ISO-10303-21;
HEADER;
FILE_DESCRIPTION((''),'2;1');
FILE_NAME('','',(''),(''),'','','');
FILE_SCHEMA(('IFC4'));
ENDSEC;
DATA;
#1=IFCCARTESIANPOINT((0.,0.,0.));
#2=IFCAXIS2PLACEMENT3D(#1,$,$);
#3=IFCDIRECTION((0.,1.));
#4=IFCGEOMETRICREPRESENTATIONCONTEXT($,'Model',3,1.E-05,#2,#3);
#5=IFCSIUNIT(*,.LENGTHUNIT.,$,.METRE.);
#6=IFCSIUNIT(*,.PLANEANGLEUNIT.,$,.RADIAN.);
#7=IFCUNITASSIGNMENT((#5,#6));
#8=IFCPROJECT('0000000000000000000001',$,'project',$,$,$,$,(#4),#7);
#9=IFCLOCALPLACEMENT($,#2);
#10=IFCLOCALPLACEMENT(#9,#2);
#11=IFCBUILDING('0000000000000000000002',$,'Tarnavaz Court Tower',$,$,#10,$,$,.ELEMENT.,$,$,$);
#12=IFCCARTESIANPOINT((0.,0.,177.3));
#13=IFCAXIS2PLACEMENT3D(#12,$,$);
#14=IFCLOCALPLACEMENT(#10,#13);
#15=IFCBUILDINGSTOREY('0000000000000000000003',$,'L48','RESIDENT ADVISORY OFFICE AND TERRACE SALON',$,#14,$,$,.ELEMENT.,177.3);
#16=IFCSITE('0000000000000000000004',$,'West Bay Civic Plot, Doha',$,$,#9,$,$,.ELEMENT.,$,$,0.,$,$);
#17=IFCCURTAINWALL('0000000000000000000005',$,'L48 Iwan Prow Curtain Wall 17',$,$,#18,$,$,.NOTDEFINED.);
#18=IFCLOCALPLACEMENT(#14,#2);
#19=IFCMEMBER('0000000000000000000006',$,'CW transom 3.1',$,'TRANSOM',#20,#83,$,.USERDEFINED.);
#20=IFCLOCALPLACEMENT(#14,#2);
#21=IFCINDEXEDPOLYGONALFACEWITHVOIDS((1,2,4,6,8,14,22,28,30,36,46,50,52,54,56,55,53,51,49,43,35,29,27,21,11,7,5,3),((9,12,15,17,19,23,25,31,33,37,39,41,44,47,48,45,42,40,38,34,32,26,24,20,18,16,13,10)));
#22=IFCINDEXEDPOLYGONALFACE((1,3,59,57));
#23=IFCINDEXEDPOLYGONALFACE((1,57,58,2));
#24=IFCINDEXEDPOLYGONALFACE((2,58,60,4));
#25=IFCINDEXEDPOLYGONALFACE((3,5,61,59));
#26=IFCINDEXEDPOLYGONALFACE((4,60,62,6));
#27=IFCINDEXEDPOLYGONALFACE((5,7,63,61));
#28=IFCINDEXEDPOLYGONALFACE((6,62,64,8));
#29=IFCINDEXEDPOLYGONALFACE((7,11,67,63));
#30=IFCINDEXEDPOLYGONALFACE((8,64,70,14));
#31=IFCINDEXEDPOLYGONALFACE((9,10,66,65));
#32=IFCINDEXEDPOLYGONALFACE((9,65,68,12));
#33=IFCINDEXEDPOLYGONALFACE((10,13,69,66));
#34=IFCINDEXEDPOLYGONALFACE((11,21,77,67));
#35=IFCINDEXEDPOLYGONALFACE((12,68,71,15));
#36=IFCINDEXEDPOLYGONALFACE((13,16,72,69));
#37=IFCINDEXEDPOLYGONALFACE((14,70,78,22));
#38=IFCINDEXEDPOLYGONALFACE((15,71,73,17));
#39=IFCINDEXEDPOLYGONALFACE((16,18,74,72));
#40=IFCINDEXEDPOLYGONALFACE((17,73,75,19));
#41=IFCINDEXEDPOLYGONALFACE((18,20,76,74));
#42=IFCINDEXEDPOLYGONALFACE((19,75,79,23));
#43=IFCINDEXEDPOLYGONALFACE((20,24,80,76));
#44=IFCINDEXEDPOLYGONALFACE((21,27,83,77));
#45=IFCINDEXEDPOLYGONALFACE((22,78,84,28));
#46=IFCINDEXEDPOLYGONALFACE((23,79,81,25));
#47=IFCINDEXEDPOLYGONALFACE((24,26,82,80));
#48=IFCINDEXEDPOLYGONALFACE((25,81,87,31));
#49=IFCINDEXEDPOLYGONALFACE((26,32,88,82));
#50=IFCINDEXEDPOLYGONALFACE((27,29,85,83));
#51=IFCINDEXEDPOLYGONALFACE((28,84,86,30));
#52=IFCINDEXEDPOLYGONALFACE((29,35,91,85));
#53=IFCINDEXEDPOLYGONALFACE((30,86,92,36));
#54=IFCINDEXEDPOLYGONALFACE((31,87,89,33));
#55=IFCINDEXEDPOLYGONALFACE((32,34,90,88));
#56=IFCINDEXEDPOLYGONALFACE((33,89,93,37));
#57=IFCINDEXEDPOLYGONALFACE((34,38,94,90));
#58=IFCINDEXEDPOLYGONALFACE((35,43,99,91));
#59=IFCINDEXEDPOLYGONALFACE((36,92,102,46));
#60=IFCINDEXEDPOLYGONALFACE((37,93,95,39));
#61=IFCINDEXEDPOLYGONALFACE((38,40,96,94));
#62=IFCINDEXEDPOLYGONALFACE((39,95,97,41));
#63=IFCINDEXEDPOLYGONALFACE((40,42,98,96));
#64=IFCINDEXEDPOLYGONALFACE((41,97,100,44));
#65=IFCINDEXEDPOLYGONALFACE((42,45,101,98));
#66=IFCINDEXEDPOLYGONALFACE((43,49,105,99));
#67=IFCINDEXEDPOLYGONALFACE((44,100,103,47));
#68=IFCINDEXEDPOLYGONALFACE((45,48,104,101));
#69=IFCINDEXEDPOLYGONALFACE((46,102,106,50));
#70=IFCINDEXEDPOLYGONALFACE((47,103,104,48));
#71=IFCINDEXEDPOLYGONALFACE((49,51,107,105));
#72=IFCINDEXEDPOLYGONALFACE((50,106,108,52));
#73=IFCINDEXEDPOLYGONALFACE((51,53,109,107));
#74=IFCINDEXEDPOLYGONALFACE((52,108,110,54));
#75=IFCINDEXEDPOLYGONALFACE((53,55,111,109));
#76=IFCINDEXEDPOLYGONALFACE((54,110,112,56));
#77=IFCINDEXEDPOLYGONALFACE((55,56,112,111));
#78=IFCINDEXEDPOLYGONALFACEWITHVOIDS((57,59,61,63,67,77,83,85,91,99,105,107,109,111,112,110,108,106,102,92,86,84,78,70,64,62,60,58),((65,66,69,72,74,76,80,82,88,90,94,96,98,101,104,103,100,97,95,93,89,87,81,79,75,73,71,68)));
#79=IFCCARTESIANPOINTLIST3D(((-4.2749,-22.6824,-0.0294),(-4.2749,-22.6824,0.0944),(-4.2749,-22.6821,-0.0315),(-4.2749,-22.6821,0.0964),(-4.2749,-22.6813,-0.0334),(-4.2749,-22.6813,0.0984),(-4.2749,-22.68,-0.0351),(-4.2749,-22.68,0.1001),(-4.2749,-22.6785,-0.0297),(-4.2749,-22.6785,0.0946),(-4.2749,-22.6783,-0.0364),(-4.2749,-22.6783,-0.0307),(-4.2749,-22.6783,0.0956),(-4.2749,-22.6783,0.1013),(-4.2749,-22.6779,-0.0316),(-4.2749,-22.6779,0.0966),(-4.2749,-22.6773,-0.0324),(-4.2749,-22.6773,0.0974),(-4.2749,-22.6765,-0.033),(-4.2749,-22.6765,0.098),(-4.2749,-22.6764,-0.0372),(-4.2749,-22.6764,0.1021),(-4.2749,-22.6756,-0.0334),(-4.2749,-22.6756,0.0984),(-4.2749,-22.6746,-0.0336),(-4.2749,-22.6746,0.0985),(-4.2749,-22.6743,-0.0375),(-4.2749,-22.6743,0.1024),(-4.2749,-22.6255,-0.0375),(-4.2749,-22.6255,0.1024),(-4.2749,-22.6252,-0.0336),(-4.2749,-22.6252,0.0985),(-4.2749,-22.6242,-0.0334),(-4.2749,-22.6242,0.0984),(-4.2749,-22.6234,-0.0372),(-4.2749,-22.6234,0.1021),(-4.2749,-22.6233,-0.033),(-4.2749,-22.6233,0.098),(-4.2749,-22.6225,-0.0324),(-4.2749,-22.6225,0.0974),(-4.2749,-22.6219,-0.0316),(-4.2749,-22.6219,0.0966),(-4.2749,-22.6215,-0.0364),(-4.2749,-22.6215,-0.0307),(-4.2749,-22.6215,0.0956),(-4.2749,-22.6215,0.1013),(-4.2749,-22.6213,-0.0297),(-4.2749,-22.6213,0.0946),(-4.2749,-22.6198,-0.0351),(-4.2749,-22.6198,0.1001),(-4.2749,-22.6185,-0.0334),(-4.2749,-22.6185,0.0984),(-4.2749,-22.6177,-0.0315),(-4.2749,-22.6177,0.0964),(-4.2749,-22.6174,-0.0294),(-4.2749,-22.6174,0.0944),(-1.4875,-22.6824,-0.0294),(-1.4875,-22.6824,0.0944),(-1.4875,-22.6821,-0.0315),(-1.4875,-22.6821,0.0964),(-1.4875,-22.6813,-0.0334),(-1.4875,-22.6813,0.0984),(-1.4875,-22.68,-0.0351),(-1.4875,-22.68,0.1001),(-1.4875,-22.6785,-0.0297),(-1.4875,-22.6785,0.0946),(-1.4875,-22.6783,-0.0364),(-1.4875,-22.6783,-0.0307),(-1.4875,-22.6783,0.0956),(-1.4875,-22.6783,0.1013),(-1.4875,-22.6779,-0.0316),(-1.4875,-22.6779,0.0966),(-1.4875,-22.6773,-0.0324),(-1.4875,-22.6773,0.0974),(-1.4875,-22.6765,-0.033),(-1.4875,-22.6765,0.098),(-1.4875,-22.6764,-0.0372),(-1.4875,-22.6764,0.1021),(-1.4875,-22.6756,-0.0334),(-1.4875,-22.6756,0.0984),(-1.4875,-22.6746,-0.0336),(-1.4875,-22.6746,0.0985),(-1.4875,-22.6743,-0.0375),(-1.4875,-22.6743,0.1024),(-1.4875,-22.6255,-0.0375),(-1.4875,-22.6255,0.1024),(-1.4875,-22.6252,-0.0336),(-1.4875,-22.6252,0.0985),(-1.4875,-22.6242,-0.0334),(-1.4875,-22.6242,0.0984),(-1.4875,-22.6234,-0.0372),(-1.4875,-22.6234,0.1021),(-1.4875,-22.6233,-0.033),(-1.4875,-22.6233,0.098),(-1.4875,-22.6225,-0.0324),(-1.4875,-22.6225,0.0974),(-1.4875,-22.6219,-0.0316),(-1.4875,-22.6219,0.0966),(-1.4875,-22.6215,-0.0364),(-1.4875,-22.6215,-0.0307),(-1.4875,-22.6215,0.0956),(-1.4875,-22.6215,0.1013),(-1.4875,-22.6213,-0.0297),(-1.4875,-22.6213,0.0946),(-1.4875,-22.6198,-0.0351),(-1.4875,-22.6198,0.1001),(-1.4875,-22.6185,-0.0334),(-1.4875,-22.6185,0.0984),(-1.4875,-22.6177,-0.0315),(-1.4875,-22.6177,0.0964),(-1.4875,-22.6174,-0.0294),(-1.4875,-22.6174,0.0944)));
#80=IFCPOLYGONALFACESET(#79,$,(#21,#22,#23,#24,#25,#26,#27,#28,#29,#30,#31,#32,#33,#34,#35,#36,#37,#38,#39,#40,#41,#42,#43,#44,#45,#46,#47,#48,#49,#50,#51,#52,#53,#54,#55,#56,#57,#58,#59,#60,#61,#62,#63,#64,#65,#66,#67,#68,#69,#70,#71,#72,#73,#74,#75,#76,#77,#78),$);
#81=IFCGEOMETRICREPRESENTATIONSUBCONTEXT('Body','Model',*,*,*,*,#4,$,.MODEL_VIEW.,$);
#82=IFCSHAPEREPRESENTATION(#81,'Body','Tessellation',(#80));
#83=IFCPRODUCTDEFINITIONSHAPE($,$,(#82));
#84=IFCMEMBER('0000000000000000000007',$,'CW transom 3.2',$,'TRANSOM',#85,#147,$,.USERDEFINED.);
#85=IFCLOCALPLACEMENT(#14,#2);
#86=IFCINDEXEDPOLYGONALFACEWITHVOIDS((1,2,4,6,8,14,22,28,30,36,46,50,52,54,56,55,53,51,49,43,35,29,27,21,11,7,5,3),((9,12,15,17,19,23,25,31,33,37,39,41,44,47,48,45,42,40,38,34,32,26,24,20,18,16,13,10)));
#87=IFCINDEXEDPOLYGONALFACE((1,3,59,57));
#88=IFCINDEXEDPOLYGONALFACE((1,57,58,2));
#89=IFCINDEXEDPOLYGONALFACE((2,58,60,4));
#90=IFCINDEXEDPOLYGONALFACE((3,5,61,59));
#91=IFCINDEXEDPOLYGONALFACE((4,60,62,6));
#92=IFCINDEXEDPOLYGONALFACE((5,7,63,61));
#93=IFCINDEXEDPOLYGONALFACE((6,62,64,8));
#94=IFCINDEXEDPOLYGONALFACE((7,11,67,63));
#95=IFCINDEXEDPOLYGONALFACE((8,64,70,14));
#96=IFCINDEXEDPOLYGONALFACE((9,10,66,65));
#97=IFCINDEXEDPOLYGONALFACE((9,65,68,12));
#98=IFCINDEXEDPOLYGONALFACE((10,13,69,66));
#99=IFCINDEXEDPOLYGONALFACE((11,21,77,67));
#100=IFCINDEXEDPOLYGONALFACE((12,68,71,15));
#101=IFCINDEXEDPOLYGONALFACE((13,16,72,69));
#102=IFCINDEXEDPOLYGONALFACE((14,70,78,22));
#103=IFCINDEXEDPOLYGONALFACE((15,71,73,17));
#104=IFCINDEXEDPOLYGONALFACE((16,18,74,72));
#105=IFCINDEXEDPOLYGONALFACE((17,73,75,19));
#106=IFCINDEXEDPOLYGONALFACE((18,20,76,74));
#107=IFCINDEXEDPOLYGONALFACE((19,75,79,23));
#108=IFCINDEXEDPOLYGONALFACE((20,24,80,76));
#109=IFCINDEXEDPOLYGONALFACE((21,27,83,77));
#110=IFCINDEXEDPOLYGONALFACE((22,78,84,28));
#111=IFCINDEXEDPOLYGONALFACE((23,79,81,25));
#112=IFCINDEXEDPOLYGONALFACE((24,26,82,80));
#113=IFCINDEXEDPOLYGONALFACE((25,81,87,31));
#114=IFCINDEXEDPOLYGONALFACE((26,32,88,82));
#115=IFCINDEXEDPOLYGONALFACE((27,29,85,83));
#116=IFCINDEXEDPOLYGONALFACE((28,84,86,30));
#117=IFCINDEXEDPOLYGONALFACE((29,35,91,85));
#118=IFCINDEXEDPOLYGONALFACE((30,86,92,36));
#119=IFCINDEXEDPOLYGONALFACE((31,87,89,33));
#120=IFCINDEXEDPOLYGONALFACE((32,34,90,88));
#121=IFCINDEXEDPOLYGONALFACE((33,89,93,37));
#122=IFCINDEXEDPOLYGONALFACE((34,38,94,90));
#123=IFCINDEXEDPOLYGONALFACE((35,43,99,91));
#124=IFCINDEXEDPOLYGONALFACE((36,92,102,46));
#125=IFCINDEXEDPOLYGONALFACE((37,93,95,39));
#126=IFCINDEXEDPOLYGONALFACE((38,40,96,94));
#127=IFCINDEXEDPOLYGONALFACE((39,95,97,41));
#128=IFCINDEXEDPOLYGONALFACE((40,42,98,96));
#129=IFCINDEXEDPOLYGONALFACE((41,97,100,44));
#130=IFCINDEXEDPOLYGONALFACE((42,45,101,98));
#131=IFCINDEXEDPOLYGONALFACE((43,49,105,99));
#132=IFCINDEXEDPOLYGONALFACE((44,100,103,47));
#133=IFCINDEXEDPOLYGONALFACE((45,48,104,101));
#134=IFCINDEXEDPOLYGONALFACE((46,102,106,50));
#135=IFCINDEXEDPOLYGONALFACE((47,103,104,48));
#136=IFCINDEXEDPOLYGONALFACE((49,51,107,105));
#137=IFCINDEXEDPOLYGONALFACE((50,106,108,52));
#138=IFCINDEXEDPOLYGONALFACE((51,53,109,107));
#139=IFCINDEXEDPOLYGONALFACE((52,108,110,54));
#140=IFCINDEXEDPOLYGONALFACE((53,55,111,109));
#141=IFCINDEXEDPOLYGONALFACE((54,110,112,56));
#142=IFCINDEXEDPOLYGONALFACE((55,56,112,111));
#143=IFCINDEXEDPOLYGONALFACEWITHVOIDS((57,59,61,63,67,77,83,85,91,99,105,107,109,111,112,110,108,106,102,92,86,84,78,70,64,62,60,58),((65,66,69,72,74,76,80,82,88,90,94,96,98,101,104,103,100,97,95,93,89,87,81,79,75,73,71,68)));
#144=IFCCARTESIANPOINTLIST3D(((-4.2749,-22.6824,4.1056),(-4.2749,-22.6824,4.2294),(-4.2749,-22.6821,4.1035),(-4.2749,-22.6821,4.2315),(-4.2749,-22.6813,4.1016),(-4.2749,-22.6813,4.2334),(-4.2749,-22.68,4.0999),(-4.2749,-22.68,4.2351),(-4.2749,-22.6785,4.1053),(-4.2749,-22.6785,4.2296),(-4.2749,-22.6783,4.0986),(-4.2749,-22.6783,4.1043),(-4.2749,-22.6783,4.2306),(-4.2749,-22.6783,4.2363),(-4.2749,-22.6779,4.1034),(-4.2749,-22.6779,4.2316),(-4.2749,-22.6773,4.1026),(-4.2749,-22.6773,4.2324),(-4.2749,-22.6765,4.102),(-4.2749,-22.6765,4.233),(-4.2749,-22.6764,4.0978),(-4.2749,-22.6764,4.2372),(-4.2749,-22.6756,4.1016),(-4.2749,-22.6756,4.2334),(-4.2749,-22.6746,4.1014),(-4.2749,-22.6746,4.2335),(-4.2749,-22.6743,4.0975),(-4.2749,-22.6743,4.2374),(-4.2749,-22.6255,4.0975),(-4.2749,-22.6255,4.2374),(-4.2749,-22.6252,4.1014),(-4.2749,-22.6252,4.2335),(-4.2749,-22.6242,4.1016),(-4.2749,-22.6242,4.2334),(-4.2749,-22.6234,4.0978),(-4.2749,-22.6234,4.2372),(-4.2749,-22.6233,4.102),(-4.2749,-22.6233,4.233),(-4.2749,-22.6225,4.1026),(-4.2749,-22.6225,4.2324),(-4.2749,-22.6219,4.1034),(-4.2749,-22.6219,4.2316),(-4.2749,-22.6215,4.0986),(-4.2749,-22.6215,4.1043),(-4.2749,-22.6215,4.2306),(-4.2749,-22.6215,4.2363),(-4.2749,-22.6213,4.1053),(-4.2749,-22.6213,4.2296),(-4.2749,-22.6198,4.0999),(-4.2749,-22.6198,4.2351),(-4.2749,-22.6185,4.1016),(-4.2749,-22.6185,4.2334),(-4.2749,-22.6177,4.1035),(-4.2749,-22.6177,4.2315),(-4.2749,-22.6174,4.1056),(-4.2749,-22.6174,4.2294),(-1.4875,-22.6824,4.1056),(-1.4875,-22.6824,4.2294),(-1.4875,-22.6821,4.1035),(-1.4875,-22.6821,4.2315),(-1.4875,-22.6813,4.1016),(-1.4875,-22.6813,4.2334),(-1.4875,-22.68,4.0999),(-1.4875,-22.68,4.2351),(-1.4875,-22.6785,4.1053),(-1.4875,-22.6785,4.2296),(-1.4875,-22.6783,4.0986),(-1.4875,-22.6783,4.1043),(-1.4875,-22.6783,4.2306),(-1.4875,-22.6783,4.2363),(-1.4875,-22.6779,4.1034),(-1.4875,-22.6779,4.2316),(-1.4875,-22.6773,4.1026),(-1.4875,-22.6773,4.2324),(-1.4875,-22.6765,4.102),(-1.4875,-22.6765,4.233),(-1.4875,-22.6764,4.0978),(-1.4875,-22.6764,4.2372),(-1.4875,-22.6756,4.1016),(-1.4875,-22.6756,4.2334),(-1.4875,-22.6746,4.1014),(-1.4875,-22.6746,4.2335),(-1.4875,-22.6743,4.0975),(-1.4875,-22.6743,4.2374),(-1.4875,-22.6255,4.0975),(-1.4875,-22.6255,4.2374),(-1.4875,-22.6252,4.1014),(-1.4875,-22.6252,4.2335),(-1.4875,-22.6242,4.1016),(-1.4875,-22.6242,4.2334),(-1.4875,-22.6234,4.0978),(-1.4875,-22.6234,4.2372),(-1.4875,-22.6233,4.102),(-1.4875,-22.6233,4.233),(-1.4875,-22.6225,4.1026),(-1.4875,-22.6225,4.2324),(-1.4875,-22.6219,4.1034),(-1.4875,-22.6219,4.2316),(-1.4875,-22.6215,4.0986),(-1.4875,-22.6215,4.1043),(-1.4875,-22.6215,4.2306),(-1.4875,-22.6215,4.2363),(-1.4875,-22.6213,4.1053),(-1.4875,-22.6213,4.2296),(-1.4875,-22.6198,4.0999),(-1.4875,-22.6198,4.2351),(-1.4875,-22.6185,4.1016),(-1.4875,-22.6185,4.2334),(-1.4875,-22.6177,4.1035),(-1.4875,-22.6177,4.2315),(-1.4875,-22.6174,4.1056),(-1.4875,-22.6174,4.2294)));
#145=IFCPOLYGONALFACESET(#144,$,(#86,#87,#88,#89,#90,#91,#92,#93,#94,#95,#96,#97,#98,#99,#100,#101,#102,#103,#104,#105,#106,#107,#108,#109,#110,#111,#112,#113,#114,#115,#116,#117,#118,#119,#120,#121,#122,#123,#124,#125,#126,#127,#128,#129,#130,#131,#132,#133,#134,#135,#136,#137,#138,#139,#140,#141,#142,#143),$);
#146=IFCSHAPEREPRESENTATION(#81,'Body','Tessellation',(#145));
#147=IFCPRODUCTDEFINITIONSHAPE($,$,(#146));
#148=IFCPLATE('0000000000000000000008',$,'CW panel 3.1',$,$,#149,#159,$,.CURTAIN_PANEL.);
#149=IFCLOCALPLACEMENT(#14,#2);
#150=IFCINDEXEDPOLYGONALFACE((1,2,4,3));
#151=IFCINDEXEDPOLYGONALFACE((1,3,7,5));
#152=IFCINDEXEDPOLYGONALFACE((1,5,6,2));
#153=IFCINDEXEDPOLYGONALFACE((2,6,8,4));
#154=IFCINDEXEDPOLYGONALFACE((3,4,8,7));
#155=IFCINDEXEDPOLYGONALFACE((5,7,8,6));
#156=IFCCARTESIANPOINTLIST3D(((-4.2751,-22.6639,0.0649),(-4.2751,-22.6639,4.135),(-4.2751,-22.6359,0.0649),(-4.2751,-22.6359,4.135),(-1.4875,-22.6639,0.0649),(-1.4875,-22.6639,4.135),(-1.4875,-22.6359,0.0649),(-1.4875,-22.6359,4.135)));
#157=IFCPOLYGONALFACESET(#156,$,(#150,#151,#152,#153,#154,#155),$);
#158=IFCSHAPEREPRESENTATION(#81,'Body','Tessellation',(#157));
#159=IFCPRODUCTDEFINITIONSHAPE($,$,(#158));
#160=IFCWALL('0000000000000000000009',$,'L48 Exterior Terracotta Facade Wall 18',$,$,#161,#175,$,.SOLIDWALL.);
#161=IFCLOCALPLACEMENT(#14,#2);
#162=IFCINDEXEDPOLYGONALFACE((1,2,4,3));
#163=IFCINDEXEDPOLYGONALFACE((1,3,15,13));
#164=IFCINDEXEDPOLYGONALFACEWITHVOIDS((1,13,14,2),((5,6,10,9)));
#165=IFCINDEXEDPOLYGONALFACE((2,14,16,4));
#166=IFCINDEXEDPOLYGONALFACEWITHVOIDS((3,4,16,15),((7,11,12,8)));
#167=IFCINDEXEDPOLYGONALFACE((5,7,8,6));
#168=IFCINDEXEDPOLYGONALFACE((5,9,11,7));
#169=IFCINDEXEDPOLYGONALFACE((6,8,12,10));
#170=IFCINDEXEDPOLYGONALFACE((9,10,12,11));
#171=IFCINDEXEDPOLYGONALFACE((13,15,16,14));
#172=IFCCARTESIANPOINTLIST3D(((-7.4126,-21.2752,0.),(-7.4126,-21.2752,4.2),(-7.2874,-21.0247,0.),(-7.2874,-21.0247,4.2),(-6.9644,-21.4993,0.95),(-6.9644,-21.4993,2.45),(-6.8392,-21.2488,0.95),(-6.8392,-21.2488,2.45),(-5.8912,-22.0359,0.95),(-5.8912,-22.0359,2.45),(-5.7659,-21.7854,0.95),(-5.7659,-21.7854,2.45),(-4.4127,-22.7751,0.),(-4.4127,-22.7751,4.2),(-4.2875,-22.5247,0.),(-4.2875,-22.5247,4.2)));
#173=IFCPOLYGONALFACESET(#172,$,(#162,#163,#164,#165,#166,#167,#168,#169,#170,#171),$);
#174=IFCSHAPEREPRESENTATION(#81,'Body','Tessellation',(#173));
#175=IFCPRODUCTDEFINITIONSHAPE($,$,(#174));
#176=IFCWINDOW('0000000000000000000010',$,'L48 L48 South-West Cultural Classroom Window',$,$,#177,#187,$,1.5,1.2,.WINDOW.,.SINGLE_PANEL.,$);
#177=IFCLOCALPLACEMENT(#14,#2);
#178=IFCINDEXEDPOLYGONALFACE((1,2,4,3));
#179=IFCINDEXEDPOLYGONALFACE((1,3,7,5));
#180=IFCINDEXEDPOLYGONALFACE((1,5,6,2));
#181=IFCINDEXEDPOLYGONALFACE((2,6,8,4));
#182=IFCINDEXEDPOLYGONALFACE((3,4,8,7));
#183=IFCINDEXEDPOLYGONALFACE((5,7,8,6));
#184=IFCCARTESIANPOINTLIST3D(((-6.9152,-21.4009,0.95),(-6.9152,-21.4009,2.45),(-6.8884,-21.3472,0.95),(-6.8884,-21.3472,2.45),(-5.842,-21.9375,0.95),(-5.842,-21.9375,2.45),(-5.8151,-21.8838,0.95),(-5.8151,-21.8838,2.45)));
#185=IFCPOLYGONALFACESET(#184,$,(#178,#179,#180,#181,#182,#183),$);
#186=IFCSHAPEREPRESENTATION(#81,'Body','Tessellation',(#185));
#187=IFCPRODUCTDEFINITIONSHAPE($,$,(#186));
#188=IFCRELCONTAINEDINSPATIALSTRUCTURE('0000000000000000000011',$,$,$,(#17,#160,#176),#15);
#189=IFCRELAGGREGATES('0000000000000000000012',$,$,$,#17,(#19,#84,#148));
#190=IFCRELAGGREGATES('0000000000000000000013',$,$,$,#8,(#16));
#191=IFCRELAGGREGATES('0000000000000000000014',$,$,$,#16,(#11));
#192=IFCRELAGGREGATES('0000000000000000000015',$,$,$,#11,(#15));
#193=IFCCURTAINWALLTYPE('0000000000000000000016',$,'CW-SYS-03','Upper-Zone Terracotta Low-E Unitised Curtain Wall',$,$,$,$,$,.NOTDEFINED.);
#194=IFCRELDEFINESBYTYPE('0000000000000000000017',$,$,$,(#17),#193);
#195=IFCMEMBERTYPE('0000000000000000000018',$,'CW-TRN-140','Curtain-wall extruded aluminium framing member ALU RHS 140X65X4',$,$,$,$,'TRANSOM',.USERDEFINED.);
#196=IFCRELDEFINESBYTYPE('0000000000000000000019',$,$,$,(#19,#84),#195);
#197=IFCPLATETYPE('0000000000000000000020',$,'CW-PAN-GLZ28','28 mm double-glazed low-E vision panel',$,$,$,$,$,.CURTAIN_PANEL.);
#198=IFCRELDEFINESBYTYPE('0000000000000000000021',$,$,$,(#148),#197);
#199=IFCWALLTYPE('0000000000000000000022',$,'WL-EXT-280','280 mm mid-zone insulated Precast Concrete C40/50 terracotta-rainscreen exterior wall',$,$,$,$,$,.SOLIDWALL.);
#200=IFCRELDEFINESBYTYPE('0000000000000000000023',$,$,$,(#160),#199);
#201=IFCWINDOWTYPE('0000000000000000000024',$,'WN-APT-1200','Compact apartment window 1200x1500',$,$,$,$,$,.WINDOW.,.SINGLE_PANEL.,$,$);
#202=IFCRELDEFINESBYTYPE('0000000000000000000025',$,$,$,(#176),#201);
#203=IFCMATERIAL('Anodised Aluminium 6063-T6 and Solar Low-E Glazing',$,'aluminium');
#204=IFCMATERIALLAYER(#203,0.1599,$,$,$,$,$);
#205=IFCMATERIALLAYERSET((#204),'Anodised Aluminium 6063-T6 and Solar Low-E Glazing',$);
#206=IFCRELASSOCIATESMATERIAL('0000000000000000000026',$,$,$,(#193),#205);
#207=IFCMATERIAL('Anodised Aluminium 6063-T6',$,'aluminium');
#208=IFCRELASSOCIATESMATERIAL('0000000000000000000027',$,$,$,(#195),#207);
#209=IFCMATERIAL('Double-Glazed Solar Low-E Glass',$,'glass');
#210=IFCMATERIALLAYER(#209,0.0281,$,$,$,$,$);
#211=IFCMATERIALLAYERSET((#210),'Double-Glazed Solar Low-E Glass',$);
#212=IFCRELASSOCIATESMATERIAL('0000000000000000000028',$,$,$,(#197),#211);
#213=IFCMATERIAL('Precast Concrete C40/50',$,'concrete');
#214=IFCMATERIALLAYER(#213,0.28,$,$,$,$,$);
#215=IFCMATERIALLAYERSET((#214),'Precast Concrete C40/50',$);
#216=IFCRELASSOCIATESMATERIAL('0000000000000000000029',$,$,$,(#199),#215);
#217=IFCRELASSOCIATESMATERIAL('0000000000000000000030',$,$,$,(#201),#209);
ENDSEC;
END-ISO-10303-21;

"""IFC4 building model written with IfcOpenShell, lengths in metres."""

from ifc_helpers import new_model, si_unit, direction, frame, frame_2d, origin, origin_2d, place, context, subcontext, project, spatial, rectangle, hollow_rectangle, extrude, material, layer, layer_set, material_profile, profile_set, type_object, element, fill, aggregate, save


model = new_model("IFC4")

# Units and contexts
model_context = context("Model", 3, precision=1e-05, world=origin(), true_north=direction((0.0, 1.0)))
body_context = subcontext(model_context, "Body", "Model", "MODEL_VIEW")
ifc_project = project(units=[si_unit("LENGTHUNIT", "METRE"), si_unit("PLANEANGLEUNIT", "RADIAN")], contexts=[model_context])

# Site, building, storey
site_placement = place(None, origin())
site = spatial("IfcSite", under=ifc_project, at=site_placement, Name="West Bay Civic Plot, Doha", CompositionType="ELEMENT", RefElevation=0.0)
building_placement = place(site_placement, origin())
building = spatial("IfcBuilding", under=site, at=building_placement, Name="Tarnavaz Court Tower", CompositionType="ELEMENT")
storey_placement = place(building_placement, frame((0.0, 0.0, 177.3)))
storey = spatial("IfcBuildingStorey", under=building, at=storey_placement, Name="L48", Description="RESIDENT ADVISORY OFFICE AND TERRACE SALON", CompositionType="ELEMENT", Elevation=177.3)

# Curtain wall, members, plate
ifc_material_1 = material(Name="Anodised Aluminium 6063-T6 and Solar Low-E Glazing", Category="aluminium")
ifc_layer_1 = layer(ifc_material_1, 0.1599)
ifc_layer_set_1 = layer_set([ifc_layer_1], Name="Anodised Aluminium 6063-T6 and Solar Low-E Glazing")
curtain_wall_type = type_object("IfcCurtainWallType", Name="CW-SYS-03", Description="Upper-Zone Terracotta Low-E Unitised Curtain Wall", PredefinedType="NOTDEFINED", material=ifc_layer_set_1)
curtain_wall_placement = place(storey_placement, origin())
curtain_wall = element("IfcCurtainWall", 1, at=curtain_wall_placement, inside=storey, type_object=curtain_wall_type, Name="L48 Iwan Prow Curtain Wall 17", PredefinedType="NOTDEFINED")
ifc_material_2 = material(Name="Anodised Aluminium 6063-T6", Category="aluminium")
ifc_material_profile_1 = material_profile(ifc_material_2, hollow_rectangle(XDim=0.0649, YDim=0.1399, WallThickness=0.0039, InnerFilletRadius=0.0039, OuterFilletRadius=0.0081, at=origin_2d()), Name="ALU RHS 140X65X4")
ifc_profile_set_1 = profile_set([ifc_material_profile_1], Name="Anodised Aluminium 6063-T6")
member_type_1 = type_object("IfcMemberType", Name="CW-TRN-140", Description="Curtain-wall extruded aluminium framing member ALU RHS 140X65X4", ElementType="TRANSOM", PredefinedType="USERDEFINED", material=ifc_profile_set_1)
member_1_placement = place(storey_placement, frame((-1.4875, -22.6499, 0.0325), z_axis=(-1.0, 0.0, 0.0), x_axis=(0.0, -1.0, 0.0)))
member_1 = element("IfcMember", 2, at=member_1_placement, type_object=member_type_1, Name="CW transom 3.1", ObjectType="TRANSOM", PredefinedType="USERDEFINED", context=body_context, shape_type="SweptSolid", body=[
    extrude(hollow_rectangle(XDim=0.0649, YDim=0.1399, WallThickness=0.0039, InnerFilletRadius=0.0039, OuterFilletRadius=0.0081, at=origin_2d()), origin(), (0.0, 0.0, 1.0), 2.7874),
])
member_2_placement = place(storey_placement, frame((-1.4875, -22.6499, 4.1675), z_axis=(-1.0, 0.0, 0.0), x_axis=(0.0, -1.0, 0.0)))
member_2 = element("IfcMember", 3, at=member_2_placement, type_object=member_type_1, Name="CW transom 3.2", ObjectType="TRANSOM", PredefinedType="USERDEFINED", context=body_context, shape_type="SweptSolid", body=[
    extrude(hollow_rectangle(XDim=0.0649, YDim=0.1399, WallThickness=0.0039, InnerFilletRadius=0.0039, OuterFilletRadius=0.0081, at=origin_2d()), origin(), (0.0, 0.0, 1.0), 2.7874),
])
ifc_material_3 = material(Name="Double-Glazed Solar Low-E Glass", Category="glass")
ifc_layer_2 = layer(ifc_material_3, 0.0281)
ifc_layer_set_2 = layer_set([ifc_layer_2], Name="Double-Glazed Solar Low-E Glass")
plate_type = type_object("IfcPlateType", Name="CW-PAN-GLZ28", Description="28 mm double-glazed low-E vision panel", PredefinedType="CURTAIN_PANEL", material=ifc_layer_set_2)
plate_placement = place(storey_placement, frame((-2.8813, -22.6499, 0.0649), z_axis=(0.0, 0.0, 1.0), x_axis=(-1.0, 0.0, 0.0)))
plate = element("IfcPlate", 4, at=plate_placement, type_object=plate_type, Name="CW panel 3.1", PredefinedType="CURTAIN_PANEL", context=body_context, shape_type="SweptSolid", body=[
    extrude(rectangle(XDim=2.7876, YDim=0.0281, at=origin_2d()), origin(), (0.0, 0.0, 1.0), 4.0701),
])
aggregate(curtain_wall, [member_1, member_2, plate])

# Wall, opening, window
ifc_material_4 = material(Name="Precast Concrete C40/50", Category="concrete")
ifc_layer_3 = layer(ifc_material_4, 0.28)
ifc_layer_set_3 = layer_set([ifc_layer_3], Name="Precast Concrete C40/50")
wall_type_1 = type_object("IfcWallType", Name="WL-EXT-280", Description="280 mm mid-zone insulated Precast Concrete C40/50 terracotta-rainscreen exterior wall", PredefinedType="SOLIDWALL", material=ifc_layer_set_3)
wall_1_placement = place(storey_placement, frame((-4.3501, -22.6499, 0.0), z_axis=(0.0, 0.0, 1.0), x_axis=(-0.894427, 0.447214, 0.0)))
wall_1 = element("IfcWall", 5, at=wall_1_placement, inside=storey, type_object=wall_type_1, Name="L48 Exterior Terracotta Facade Wall 18", PredefinedType="SOLIDWALL", context=body_context, shape_type="SweptSolid", body=[
    extrude(rectangle(XDim=3.354, YDim=0.28, at=frame_2d((1.677, 0.0))), origin(), (0.0, 0.0, 1.0), 4.2),
])
opening_1_placement = place(wall_1_placement, frame((1.6528, 0.0, 0.95)))
opening_1 = element("IfcOpeningElement", 6, at=opening_1_placement, cuts=wall_1, PredefinedType="OPENING", context=body_context, shape_type="SweptSolid", body=[
    extrude(rectangle(XDim=1.2, YDim=1.5, at=frame_2d((0.6001, 0.75))), frame((0.0, 0.1499, 0.0), z_axis=(0.0, -1.0, 0.0), x_axis=(1.0, 0.0, 0.0)), (0.0, 0.0, 1.0), 0.3),
])
window_type_1 = type_object("IfcWindowType", Name="WN-APT-1200", Description="Compact apartment window 1200x1500", PartitioningType="SINGLE_PANEL", PredefinedType="WINDOW", material=ifc_material_3)
window_1_placement = place(opening_1_placement, origin())
window_1 = element("IfcWindow", 7, at=window_1_placement, inside=storey, type_object=window_type_1, Name="L48 L48 South-West Cultural Classroom Window", OverallHeight=1.5, OverallWidth=1.2, PartitioningType="SINGLE_PANEL", PredefinedType="WINDOW", context=body_context, shape_type="SweptSolid", body=[
    extrude(rectangle(XDim=1.2, YDim=1.5, at=frame_2d((0.6001, 0.75))), frame((0.0, 0.03, 0.0), z_axis=(0.0, -1.0, 0.0), x_axis=(1.0, 0.0, 0.0)), (0.0, 0.0, 1.0), 0.0601),
])
fill(opening_1, window_1)

save(model, "model.ifc")
